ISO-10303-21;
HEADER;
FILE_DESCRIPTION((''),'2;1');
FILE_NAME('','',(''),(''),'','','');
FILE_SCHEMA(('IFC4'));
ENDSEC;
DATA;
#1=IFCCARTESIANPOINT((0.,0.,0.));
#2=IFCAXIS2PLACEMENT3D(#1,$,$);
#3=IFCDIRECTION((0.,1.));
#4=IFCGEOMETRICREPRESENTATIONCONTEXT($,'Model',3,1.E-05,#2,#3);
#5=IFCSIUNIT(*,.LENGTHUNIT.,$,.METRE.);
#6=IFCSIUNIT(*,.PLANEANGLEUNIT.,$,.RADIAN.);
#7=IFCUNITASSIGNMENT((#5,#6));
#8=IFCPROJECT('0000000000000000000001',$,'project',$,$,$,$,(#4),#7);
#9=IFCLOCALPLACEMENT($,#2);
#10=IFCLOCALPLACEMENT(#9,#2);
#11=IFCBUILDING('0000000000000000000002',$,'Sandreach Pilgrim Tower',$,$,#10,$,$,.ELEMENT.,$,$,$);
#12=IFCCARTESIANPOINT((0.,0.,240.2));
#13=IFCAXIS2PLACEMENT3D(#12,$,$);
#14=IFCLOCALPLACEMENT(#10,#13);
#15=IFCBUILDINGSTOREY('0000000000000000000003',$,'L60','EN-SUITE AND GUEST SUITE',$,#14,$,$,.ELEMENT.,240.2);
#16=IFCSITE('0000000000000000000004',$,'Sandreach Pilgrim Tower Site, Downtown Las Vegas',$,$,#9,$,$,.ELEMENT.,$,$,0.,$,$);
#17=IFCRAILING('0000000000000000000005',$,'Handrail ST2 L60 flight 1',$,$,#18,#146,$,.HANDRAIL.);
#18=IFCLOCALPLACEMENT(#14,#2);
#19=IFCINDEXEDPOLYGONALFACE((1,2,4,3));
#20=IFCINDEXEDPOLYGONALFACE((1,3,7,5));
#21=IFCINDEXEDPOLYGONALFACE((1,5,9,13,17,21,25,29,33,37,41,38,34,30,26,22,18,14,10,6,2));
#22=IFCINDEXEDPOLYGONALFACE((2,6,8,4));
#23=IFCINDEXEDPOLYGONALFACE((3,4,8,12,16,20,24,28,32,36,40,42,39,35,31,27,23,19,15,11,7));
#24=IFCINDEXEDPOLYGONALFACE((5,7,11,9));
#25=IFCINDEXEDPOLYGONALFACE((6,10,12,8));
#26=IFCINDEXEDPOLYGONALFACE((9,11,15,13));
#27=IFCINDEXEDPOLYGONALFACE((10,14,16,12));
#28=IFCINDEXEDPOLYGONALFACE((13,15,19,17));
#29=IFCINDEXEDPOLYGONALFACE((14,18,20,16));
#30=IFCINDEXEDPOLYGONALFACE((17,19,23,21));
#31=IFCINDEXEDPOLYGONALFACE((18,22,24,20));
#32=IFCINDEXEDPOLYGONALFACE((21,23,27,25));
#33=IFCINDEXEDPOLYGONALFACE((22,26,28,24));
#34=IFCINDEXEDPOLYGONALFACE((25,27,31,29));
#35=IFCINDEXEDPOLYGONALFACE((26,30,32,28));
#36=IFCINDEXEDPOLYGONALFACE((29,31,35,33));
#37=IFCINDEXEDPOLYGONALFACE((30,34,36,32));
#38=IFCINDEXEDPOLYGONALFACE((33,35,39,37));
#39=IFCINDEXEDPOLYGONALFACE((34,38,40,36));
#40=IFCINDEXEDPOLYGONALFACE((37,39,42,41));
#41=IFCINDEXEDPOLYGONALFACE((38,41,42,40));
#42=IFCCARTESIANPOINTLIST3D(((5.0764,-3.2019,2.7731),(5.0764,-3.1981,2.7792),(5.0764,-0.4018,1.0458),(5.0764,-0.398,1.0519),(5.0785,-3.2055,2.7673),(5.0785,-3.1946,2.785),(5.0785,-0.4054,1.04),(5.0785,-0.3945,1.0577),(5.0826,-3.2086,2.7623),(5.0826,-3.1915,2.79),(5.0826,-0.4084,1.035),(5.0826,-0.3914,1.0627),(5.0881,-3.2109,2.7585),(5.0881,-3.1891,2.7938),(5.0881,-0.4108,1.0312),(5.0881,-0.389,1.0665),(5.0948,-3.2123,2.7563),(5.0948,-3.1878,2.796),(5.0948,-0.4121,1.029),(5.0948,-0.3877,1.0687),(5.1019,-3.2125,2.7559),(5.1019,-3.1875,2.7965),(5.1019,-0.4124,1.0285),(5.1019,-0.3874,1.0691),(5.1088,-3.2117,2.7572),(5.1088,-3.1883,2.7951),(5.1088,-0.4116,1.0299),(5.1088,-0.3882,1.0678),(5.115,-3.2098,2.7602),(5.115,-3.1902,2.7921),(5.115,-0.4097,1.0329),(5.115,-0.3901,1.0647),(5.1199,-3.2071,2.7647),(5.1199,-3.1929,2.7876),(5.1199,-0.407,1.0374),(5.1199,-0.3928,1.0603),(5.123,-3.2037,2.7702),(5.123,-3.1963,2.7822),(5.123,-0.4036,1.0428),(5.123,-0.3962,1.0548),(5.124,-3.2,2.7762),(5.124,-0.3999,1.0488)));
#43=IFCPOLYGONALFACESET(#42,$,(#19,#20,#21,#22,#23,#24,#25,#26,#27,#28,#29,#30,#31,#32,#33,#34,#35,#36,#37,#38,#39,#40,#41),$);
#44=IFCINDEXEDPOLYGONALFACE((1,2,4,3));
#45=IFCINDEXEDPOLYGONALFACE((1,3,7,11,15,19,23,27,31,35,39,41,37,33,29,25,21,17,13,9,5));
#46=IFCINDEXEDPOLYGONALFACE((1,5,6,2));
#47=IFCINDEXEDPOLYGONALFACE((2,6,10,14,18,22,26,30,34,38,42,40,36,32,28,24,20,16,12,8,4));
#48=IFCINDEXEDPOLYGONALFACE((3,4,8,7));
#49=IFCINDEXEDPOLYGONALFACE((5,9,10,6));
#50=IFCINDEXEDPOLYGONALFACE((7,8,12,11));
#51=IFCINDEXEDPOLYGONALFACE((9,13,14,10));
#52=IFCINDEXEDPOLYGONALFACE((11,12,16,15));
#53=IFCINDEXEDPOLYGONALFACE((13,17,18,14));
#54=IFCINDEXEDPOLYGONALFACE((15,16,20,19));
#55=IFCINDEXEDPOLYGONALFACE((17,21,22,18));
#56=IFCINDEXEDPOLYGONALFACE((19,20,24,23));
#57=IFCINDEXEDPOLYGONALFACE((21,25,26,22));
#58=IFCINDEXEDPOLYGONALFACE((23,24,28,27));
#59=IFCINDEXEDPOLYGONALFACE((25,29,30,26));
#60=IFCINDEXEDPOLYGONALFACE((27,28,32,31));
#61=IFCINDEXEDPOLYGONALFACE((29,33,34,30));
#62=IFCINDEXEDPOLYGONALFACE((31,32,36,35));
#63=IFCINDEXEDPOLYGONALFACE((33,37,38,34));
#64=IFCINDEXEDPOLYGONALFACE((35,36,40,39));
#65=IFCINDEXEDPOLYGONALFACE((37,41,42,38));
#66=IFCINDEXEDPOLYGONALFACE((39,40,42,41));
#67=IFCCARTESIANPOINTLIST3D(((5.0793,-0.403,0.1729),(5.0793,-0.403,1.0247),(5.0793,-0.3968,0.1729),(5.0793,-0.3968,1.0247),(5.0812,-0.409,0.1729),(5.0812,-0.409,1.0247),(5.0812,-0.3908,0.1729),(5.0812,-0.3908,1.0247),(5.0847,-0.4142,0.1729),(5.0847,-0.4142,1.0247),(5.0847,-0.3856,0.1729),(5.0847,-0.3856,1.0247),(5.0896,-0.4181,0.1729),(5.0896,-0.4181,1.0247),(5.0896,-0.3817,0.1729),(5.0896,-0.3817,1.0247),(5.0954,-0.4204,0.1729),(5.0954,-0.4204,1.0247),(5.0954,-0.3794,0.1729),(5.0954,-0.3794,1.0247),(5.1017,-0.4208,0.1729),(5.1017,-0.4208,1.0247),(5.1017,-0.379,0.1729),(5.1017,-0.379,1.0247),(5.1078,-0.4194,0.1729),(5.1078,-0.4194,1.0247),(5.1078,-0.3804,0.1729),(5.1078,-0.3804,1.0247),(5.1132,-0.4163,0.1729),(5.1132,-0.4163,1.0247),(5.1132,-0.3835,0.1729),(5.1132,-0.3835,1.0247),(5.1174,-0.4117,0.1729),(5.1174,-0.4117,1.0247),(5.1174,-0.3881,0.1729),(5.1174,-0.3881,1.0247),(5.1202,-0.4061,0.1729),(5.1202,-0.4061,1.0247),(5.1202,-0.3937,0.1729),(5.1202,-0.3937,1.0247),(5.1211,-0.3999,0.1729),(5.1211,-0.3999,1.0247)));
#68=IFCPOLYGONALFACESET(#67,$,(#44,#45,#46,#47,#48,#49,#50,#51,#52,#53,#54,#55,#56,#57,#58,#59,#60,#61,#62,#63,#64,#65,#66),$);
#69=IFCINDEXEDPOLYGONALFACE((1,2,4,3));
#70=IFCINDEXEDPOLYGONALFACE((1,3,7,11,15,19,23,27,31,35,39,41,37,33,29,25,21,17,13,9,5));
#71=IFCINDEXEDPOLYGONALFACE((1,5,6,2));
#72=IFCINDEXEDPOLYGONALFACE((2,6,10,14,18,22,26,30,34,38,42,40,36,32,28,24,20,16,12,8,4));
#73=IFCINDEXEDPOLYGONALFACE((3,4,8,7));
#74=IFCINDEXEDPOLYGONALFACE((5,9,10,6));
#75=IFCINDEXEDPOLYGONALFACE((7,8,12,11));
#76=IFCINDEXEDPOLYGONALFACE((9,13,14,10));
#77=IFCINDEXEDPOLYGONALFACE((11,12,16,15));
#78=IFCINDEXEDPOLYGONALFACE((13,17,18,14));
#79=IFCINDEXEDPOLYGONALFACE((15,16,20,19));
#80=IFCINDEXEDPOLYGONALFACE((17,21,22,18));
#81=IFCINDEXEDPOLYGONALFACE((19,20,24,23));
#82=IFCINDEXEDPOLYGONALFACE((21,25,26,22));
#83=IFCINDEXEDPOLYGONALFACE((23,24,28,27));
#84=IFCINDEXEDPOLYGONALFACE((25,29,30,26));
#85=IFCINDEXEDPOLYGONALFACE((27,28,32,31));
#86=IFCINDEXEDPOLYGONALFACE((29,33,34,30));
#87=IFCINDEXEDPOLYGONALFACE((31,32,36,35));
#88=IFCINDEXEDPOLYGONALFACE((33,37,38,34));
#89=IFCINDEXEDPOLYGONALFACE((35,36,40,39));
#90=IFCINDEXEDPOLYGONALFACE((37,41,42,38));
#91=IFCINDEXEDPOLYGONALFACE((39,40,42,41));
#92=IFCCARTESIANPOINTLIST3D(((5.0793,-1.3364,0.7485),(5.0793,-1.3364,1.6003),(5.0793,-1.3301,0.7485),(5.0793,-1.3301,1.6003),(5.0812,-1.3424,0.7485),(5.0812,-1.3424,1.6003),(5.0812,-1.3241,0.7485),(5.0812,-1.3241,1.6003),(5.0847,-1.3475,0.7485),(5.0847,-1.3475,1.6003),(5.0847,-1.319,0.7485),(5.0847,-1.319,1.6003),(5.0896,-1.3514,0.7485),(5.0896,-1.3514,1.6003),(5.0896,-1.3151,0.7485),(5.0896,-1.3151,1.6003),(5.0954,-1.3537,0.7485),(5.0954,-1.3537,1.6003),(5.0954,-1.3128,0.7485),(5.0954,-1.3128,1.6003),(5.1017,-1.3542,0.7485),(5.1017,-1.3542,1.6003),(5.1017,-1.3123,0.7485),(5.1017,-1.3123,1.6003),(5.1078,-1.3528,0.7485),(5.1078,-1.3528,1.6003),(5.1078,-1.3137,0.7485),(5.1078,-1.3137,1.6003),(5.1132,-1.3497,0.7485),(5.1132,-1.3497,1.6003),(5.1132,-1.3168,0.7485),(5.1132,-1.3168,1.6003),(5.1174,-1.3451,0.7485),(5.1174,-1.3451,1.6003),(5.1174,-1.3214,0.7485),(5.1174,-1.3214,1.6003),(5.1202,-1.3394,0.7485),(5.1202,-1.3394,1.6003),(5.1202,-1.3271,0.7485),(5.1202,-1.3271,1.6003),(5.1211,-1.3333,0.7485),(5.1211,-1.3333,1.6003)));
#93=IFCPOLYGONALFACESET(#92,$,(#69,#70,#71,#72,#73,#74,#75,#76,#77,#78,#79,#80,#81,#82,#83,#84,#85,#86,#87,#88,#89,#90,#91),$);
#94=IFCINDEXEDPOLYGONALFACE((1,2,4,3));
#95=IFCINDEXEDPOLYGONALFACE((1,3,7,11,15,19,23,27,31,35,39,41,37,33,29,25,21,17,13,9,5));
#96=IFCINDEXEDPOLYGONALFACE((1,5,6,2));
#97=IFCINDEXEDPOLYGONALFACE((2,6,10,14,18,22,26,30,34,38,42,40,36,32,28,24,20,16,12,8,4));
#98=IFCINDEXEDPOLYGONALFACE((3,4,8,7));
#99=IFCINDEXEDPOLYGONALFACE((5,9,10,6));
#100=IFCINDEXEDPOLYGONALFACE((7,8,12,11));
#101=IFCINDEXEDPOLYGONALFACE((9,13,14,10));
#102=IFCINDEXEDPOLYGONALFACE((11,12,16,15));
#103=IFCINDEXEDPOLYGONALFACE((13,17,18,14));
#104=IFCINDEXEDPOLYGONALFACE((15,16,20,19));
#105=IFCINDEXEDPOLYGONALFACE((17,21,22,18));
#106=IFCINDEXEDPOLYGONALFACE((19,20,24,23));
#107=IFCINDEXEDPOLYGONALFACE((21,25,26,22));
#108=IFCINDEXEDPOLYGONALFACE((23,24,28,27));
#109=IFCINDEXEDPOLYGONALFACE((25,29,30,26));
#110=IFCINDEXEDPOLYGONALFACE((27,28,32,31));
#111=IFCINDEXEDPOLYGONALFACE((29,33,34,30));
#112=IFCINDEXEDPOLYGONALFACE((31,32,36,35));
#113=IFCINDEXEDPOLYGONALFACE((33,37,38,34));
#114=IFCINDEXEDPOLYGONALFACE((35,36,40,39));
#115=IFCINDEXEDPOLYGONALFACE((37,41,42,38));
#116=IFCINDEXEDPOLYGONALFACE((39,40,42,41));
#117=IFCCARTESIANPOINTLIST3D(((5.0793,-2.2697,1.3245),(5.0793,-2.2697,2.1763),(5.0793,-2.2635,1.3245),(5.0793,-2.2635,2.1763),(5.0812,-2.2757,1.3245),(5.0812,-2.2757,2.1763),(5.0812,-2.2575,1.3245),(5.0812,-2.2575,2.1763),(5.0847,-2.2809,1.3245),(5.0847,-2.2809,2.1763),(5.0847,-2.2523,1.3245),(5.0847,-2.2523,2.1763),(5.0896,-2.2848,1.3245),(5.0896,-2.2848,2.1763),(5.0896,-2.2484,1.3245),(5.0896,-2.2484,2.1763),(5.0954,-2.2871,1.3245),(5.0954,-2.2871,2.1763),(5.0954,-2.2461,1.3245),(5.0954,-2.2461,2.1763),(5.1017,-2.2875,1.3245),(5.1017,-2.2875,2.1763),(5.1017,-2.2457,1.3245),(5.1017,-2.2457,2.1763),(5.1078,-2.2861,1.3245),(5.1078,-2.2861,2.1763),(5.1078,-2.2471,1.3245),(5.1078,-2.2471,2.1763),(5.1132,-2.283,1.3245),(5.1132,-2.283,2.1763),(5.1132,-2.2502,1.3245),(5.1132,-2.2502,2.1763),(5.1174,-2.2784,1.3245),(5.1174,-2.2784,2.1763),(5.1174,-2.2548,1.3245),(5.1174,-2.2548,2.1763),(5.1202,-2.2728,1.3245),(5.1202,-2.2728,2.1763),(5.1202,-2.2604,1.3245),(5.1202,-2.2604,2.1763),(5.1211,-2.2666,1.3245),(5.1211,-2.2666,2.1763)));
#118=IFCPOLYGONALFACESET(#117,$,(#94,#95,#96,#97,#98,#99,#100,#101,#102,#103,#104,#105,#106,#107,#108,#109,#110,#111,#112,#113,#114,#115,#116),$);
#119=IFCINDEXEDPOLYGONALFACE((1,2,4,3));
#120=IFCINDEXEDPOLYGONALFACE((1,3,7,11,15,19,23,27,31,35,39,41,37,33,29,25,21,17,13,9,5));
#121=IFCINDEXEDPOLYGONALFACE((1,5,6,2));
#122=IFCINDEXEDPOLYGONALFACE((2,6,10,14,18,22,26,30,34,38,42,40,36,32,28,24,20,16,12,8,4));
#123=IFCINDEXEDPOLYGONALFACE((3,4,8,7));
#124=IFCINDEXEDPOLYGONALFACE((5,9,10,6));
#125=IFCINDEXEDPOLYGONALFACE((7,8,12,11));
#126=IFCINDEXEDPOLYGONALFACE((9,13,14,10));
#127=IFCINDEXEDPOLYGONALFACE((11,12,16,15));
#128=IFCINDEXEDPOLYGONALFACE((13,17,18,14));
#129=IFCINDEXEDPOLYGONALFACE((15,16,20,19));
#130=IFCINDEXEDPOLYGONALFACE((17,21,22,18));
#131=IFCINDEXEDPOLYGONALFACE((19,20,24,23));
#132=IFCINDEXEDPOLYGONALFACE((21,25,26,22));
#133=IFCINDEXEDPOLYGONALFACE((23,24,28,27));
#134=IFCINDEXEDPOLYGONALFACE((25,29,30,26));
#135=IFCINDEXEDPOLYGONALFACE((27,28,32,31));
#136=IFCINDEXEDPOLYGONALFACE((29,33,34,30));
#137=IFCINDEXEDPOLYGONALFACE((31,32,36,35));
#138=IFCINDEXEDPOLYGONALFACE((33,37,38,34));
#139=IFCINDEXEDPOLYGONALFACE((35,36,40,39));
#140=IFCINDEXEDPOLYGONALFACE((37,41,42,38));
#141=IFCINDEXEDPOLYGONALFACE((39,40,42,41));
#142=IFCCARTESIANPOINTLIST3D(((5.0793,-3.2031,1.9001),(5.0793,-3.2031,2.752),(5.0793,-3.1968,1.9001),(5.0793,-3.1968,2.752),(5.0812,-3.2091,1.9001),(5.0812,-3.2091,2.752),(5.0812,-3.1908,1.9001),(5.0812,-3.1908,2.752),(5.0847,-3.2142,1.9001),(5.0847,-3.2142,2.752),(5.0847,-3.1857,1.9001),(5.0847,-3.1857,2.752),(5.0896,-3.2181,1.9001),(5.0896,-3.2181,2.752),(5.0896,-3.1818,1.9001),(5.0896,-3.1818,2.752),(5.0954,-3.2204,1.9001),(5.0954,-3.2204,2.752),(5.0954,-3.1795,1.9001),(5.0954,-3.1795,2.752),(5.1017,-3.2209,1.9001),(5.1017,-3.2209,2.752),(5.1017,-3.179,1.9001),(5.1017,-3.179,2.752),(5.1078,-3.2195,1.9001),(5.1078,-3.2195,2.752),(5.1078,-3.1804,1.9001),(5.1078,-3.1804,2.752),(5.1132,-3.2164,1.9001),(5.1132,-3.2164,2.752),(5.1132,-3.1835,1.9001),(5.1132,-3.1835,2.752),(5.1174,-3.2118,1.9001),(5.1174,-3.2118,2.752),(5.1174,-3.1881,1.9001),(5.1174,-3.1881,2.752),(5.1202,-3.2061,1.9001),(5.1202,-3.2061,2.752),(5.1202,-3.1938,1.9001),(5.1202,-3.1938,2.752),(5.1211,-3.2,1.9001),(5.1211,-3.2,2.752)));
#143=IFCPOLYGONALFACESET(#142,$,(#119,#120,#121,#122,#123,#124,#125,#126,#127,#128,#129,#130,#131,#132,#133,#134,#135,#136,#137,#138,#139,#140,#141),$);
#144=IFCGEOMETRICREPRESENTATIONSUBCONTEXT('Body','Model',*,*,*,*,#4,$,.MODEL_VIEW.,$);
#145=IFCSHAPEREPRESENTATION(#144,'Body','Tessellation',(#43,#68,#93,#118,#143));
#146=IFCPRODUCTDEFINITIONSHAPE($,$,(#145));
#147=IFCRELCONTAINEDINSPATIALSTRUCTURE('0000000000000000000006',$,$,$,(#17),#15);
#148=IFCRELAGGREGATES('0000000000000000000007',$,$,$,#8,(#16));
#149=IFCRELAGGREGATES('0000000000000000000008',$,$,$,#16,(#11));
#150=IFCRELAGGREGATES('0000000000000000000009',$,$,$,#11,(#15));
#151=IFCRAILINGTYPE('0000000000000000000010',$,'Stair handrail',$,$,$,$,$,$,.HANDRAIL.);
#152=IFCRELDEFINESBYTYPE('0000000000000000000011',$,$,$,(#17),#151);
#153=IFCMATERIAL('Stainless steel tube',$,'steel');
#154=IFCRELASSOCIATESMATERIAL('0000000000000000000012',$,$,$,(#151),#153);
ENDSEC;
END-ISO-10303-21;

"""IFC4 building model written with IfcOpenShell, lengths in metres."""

from ifc_helpers import new_model, si_unit, direction, frame, origin, origin_2d, place, context, subcontext, project, spatial, circle, extrude, material, type_object, element, save


model = new_model("IFC4")

# Units and contexts
model_context = context("Model", 3, precision=1e-05, world=origin(), true_north=direction((0.0, 1.0)))
body_context = subcontext(model_context, "Body", "Model", "MODEL_VIEW")
ifc_project = project(units=[si_unit("LENGTHUNIT", "METRE"), si_unit("PLANEANGLEUNIT", "RADIAN")], contexts=[model_context])

# Site, building, storey
site_placement = place(None, origin())
site = spatial("IfcSite", under=ifc_project, at=site_placement, Name="Sandreach Pilgrim Tower Site, Downtown Las Vegas", CompositionType="ELEMENT", RefElevation=0.0)
building_placement = place(site_placement, origin())
building = spatial("IfcBuilding", under=site, at=building_placement, Name="Sandreach Pilgrim Tower", CompositionType="ELEMENT")
storey_placement = place(building_placement, frame((0.0, 0.0, 240.2)))
storey = spatial("IfcBuildingStorey", under=building, at=storey_placement, Name="L60", Description="EN-SUITE AND GUEST SUITE", CompositionType="ELEMENT", Elevation=240.2)

# Railing
ifc_material_1 = material(Name="Stainless steel tube", Category="steel")
railing_type = type_object("IfcRailingType", Name="Stair handrail", PredefinedType="HANDRAIL", material=ifc_material_1)
for number, where, name in (
    (1, (5.1001, -0.3999, 0.1729), "Handrail ST2 L60 flight 1"),
):
    element("IfcRailing", number, at=place(storey_placement, frame(where)), inside=storey, type_object=railing_type, Name=name, PredefinedType="HANDRAIL", context=body_context, shape_type="SweptSolid", body=[
        extrude(circle(Radius=0.0239, at=origin_2d()), frame((0.0, 0.0, 0.876), z_axis=(0.0, -0.85109, 0.52502), x_axis=(1.0, 0.0, 0.0)), (0.0, 0.0, 1.0), 3.29),
        extrude(circle(Radius=0.021, at=origin_2d()), origin(), (0.0, 0.0, 1.0), 0.8518),
        extrude(circle(Radius=0.021, at=origin_2d()), frame((0.0, -0.9333, 0.5757)), (0.0, 0.0, 1.0), 0.8518),
        extrude(circle(Radius=0.021, at=origin_2d()), frame((0.0, -1.8667, 1.1516)), (0.0, 0.0, 1.0), 0.8518),
        extrude(circle(Radius=0.021, at=origin_2d()), frame((0.0, -2.8, 1.7273)), (0.0, 0.0, 1.0), 0.8518),
    ])

save(model, "model.ifc")
